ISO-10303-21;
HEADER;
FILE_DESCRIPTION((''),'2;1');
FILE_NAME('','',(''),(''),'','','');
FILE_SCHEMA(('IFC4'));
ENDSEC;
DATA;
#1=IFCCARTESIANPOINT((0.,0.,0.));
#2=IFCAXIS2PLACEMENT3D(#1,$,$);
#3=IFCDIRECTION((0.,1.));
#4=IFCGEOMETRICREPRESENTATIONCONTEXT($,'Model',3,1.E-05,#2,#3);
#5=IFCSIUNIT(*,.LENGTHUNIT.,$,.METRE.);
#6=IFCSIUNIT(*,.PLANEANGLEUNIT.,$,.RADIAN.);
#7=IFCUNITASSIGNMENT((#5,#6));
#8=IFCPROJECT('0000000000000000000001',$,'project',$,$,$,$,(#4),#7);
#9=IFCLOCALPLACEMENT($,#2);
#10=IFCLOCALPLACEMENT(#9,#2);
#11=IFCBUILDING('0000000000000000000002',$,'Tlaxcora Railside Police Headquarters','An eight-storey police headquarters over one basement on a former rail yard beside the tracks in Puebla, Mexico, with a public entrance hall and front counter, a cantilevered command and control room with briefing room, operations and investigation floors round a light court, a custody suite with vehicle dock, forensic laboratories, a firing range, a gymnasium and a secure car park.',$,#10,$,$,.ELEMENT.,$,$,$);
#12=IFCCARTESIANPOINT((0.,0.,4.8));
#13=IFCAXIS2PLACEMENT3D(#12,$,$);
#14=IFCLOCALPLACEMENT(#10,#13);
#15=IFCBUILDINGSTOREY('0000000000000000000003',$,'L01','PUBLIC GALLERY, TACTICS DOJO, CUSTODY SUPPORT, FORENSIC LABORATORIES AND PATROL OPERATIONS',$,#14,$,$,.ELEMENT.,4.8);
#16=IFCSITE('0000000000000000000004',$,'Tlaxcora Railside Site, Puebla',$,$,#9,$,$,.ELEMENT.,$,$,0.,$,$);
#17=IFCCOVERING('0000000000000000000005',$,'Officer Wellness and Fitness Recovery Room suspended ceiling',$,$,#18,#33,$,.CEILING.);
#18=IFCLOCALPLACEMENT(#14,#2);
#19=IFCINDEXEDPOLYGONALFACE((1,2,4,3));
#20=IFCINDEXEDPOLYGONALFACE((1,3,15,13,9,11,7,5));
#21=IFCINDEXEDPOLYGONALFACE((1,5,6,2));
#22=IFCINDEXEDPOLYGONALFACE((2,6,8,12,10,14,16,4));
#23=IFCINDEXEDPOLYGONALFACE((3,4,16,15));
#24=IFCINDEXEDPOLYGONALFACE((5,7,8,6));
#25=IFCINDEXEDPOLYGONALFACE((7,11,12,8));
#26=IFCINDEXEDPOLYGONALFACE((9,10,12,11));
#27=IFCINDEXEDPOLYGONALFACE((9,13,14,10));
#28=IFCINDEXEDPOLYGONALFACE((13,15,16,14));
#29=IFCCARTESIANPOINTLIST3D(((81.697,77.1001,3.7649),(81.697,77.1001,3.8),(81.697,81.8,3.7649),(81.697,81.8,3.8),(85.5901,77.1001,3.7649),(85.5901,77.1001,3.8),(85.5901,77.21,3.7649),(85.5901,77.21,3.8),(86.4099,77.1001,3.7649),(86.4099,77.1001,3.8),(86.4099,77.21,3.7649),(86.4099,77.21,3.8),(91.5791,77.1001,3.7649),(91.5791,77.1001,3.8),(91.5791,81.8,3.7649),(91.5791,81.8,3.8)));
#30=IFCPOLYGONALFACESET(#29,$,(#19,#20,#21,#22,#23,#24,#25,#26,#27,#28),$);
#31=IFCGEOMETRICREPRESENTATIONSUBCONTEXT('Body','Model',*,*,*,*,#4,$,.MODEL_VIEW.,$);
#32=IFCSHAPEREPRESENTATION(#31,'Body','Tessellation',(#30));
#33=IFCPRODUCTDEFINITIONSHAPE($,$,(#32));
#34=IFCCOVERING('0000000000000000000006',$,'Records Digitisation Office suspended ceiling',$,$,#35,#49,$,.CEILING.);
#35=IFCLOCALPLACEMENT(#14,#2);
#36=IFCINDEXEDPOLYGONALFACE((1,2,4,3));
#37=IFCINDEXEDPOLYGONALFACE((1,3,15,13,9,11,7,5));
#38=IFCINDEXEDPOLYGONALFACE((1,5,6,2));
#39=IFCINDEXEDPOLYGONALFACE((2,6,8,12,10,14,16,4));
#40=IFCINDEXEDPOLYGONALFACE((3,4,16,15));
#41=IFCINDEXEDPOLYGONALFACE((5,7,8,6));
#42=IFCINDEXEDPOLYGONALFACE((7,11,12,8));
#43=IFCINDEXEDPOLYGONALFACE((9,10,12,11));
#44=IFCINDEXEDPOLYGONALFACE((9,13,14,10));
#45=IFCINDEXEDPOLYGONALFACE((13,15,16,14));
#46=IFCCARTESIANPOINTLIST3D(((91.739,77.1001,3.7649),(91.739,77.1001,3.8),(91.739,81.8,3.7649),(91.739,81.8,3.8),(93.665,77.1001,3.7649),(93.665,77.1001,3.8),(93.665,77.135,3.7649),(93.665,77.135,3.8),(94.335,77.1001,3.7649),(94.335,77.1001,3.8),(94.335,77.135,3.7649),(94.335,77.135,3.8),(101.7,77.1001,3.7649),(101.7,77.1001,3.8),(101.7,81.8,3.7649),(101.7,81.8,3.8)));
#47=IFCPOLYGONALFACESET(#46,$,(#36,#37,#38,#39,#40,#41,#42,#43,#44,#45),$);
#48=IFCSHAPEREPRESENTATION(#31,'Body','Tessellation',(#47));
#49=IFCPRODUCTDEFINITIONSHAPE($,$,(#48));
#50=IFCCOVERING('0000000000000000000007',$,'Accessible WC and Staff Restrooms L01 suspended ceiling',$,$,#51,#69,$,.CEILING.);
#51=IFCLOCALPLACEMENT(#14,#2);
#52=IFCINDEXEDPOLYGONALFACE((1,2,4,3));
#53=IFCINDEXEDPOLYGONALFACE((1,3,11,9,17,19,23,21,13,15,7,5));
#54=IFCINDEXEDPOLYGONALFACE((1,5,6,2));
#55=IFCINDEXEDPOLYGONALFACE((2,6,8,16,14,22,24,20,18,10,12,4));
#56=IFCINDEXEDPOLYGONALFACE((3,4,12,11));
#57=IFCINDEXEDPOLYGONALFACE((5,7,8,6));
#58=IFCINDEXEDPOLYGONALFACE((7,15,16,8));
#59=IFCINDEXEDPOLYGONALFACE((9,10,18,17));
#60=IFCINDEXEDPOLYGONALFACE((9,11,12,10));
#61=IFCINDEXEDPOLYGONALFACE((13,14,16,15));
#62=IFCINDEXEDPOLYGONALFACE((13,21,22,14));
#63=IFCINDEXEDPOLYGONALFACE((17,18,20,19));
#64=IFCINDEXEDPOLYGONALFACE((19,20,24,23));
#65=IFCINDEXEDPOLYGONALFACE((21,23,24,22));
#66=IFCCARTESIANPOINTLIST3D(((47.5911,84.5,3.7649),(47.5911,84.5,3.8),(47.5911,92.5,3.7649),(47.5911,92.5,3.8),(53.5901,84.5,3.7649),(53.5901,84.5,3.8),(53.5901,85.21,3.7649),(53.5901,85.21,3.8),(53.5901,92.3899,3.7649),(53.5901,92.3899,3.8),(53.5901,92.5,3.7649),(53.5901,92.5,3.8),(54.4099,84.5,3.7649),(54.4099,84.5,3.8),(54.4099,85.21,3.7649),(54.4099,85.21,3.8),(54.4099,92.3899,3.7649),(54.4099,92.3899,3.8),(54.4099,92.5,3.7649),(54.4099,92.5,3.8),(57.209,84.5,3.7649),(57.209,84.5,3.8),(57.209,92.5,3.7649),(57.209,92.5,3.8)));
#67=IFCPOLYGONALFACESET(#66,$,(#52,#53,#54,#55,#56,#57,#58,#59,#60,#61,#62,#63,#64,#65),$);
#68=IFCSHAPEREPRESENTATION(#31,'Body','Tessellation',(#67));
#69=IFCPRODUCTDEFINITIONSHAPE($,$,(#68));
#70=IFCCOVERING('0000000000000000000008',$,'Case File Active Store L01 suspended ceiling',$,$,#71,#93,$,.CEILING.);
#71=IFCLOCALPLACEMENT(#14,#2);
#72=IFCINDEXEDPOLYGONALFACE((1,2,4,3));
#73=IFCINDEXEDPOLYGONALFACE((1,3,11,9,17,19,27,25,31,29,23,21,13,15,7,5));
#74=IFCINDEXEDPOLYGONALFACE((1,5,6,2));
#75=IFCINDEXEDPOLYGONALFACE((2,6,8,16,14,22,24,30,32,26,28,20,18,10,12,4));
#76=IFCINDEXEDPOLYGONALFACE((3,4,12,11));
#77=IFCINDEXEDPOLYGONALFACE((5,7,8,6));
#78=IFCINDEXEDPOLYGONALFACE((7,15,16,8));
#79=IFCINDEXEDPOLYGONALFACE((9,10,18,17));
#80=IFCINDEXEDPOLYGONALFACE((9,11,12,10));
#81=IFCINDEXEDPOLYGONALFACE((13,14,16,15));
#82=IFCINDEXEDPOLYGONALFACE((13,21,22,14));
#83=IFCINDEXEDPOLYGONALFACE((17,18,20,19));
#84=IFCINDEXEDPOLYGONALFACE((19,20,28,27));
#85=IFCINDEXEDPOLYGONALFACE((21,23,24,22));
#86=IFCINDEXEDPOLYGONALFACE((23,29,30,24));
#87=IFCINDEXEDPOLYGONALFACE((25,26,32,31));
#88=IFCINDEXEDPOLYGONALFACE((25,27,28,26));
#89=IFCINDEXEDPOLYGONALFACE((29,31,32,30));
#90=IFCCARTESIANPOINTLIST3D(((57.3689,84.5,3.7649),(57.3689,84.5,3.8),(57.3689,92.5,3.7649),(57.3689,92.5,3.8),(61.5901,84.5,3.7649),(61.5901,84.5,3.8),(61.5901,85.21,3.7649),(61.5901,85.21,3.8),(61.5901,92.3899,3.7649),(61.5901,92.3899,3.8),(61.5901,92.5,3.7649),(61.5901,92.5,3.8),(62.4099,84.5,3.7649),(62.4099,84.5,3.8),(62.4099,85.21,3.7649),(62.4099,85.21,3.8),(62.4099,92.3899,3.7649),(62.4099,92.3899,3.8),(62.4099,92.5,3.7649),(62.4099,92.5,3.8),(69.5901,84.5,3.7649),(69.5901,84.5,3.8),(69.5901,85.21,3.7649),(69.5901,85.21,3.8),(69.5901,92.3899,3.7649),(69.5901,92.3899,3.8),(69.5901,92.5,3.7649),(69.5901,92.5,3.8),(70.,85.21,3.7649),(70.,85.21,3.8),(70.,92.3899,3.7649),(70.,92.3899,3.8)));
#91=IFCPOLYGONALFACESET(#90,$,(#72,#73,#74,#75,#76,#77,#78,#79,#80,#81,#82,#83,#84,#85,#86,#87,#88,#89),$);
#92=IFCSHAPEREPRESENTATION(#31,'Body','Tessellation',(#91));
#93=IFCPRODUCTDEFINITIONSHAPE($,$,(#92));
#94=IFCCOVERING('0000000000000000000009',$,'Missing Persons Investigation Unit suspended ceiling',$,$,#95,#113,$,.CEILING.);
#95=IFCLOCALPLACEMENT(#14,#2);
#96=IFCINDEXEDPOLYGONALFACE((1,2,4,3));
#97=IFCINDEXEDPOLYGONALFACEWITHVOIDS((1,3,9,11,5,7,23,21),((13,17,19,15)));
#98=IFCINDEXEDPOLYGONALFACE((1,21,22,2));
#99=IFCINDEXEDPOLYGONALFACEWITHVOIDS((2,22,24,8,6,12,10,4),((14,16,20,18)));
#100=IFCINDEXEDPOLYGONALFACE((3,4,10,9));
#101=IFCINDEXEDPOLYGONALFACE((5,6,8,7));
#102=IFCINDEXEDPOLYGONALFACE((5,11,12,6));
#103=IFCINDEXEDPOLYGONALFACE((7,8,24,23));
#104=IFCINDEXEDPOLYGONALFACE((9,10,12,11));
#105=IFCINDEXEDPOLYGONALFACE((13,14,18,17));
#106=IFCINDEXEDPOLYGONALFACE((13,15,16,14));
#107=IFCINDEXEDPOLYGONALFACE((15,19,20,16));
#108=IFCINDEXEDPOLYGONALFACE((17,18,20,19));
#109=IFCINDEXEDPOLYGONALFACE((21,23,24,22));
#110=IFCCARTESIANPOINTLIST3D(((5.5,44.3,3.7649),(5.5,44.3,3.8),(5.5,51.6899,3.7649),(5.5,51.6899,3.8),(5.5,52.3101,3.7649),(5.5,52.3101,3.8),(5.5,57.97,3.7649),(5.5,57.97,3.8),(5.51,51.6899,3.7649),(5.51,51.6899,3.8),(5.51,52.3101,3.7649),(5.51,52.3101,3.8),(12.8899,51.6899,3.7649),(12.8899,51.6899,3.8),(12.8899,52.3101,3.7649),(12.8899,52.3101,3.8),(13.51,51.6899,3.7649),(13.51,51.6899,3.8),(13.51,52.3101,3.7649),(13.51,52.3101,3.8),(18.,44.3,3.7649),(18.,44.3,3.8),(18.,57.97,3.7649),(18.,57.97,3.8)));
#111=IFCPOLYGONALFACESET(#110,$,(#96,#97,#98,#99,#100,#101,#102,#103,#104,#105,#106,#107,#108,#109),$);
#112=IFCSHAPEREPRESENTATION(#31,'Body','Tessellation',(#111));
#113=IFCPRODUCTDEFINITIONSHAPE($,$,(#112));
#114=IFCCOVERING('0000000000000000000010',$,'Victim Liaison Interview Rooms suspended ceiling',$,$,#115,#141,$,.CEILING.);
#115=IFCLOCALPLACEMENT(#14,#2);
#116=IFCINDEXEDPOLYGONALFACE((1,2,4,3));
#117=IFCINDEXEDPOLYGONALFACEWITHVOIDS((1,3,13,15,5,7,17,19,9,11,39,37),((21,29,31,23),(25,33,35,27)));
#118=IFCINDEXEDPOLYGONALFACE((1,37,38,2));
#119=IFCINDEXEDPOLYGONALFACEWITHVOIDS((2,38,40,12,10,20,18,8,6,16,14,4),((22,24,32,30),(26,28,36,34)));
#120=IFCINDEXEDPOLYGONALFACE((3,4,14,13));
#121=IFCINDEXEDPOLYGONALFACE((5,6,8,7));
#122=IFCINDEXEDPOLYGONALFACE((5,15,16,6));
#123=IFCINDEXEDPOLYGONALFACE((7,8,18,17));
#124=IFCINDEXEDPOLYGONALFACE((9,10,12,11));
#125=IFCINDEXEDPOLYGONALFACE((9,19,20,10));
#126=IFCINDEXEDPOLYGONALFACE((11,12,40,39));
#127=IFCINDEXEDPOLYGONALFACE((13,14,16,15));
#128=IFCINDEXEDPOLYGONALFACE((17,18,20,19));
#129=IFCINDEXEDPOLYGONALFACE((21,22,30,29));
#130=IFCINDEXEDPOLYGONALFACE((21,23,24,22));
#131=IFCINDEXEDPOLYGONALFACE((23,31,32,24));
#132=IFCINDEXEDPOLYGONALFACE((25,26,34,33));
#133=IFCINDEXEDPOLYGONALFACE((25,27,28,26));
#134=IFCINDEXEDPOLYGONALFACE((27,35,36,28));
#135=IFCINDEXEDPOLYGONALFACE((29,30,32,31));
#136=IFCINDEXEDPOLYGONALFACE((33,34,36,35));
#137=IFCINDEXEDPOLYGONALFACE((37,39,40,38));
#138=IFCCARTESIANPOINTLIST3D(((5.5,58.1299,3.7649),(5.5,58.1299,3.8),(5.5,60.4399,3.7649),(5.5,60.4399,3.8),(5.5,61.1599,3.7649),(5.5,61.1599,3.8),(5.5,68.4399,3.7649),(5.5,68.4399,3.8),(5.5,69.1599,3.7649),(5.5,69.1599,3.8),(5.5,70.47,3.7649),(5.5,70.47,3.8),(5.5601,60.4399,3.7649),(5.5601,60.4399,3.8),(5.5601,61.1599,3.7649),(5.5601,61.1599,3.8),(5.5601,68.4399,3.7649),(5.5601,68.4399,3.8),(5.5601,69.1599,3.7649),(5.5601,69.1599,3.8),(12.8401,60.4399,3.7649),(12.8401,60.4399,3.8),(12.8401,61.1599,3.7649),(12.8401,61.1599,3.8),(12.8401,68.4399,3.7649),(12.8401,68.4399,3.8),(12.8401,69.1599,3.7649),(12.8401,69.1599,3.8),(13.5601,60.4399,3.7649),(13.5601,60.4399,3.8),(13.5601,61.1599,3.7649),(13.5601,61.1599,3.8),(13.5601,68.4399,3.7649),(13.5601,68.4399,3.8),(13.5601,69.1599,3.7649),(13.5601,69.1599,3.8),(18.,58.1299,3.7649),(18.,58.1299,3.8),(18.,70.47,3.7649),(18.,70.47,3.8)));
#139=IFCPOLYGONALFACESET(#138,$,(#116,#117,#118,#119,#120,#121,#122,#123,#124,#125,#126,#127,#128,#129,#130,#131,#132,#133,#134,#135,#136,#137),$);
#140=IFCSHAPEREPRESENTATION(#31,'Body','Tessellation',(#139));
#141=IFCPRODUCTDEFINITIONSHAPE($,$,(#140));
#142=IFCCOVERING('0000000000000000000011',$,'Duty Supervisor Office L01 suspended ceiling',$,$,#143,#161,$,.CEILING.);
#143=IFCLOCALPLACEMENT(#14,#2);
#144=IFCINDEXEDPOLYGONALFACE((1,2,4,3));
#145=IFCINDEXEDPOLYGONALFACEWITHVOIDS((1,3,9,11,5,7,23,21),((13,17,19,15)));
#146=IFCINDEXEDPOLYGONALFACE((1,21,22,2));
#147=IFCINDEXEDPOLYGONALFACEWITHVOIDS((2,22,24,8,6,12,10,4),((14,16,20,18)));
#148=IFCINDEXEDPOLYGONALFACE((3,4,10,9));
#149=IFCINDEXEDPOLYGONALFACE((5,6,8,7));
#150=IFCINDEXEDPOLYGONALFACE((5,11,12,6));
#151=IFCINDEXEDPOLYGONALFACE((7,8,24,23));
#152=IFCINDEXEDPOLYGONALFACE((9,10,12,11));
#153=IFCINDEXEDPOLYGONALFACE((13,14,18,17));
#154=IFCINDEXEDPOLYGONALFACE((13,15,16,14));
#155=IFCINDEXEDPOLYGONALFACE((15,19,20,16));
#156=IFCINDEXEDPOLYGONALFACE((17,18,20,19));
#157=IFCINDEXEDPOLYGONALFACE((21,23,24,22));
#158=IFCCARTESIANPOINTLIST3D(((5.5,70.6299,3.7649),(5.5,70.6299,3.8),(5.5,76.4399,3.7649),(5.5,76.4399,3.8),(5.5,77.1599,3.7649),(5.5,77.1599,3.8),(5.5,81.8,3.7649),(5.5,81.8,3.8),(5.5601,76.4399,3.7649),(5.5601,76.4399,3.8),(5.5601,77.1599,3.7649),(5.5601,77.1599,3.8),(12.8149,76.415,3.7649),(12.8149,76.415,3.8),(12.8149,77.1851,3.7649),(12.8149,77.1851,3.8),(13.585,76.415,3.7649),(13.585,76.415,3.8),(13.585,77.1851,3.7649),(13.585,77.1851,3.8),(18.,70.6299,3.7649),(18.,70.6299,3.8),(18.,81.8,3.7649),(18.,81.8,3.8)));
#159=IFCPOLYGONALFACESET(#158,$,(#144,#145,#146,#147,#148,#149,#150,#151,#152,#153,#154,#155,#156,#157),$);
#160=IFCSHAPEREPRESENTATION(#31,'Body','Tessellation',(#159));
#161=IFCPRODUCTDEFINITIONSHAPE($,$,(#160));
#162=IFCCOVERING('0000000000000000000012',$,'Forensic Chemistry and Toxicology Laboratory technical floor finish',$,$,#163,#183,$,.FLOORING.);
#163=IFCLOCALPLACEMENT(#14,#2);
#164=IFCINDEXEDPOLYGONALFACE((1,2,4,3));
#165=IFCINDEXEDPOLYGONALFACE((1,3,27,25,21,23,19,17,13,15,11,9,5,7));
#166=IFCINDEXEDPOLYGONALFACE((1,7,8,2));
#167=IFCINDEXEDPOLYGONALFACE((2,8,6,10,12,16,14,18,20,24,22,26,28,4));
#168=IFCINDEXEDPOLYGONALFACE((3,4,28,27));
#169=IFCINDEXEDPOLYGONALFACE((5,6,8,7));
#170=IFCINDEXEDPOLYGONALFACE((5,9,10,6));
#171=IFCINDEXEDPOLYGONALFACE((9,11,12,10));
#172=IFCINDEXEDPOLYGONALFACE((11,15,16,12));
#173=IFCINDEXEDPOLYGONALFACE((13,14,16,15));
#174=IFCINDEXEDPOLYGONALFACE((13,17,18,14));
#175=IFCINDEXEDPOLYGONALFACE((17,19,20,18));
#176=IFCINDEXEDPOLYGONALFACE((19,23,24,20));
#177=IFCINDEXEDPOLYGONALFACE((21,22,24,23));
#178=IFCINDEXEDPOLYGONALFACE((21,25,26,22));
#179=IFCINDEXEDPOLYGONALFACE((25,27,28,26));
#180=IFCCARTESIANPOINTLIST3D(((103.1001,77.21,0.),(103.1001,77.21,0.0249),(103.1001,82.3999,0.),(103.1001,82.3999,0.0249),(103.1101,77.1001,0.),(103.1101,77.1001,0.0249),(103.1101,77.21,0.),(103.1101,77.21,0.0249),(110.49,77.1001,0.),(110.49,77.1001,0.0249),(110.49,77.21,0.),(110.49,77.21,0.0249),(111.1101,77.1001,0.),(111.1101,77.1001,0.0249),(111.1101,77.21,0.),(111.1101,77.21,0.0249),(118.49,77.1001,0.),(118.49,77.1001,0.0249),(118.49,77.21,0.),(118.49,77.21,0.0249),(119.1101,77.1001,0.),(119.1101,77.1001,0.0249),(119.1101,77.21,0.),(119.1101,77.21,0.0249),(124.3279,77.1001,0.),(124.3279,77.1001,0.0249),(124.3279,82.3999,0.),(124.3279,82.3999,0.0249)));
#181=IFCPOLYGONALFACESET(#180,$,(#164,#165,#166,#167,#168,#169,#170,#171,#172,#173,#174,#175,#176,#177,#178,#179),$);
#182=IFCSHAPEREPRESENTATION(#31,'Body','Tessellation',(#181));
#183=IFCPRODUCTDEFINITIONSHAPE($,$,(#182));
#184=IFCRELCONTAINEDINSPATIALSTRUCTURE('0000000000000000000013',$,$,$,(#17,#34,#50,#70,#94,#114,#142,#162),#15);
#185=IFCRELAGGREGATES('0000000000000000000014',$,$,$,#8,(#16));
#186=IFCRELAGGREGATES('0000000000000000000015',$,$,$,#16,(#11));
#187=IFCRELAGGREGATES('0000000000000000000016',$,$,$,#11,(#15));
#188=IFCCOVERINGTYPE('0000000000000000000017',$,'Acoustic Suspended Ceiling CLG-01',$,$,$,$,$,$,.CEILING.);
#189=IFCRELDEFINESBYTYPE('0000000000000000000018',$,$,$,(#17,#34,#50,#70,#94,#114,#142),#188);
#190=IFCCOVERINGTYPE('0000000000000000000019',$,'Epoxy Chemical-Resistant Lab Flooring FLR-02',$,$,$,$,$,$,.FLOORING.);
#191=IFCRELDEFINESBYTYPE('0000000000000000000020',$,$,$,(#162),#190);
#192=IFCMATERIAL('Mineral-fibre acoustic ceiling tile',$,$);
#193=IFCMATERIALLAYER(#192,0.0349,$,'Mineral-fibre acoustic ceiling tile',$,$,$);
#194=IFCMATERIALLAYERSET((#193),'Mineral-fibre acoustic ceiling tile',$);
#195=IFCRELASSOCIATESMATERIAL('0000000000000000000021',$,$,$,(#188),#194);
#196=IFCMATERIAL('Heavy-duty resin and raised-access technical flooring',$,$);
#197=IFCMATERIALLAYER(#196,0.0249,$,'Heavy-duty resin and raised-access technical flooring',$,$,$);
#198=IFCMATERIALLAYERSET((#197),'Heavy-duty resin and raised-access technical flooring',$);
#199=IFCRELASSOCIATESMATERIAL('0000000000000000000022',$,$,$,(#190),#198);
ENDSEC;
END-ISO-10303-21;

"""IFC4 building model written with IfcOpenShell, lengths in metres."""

from ifc_helpers import new_model, si_unit, direction, frame, origin, place, context, subcontext, project, spatial, polyline, outline, extrude, material, layer, layer_set, type_object, element, save


model = new_model("IFC4")

# Units and contexts
model_context = context("Model", 3, precision=1e-05, world=origin(), true_north=direction((0.0, 1.0)))
body_context = subcontext(model_context, "Body", "Model", "MODEL_VIEW")
ifc_project = project(units=[si_unit("LENGTHUNIT", "METRE"), si_unit("PLANEANGLEUNIT", "RADIAN")], contexts=[model_context])

# Site, building, storey
site_placement = place(None, origin())
site = spatial("IfcSite", under=ifc_project, at=site_placement, Name="Tlaxcora Railside Site, Puebla", CompositionType="ELEMENT", RefElevation=0.0)
building_placement = place(site_placement, origin())
building = spatial("IfcBuilding", under=site, at=building_placement, Name="Tlaxcora Railside Police Headquarters", Description="An eight-storey police headquarters over one basement on a former rail yard beside the tracks in Puebla, Mexico, with a public entrance hall and front counter, a cantilevered command and control room with briefing room, operations and investigation floors round a light court, a custody suite with vehicle dock, forensic laboratories, a firing range, a gymnasium and a secure car park.", CompositionType="ELEMENT")
storey_placement = place(building_placement, frame((0.0, 0.0, 4.8)))
storey = spatial("IfcBuildingStorey", under=building, at=storey_placement, Name="L01", Description="PUBLIC GALLERY, TACTICS DOJO, CUSTODY SUPPORT, FORENSIC LABORATORIES AND PATROL OPERATIONS", CompositionType="ELEMENT", Elevation=4.8)

# Coverings
ifc_material_1 = material(Name="Mineral-fibre acoustic ceiling tile")
ifc_layer_1 = layer(ifc_material_1, 0.0349, Name="Mineral-fibre acoustic ceiling tile")
ifc_layer_set_1 = layer_set([ifc_layer_1], Name="Mineral-fibre acoustic ceiling tile")
covering_type_1 = type_object("IfcCoveringType", Name="Acoustic Suspended Ceiling CLG-01", PredefinedType="CEILING", material=ifc_layer_set_1)
covering_1_placement = place(storey_placement, frame((0.0, 0.0, 3.7649)))
element("IfcCovering", 1, at=covering_1_placement, inside=storey, type_object=covering_type_1, Name="Officer Wellness and Fitness Recovery Room suspended ceiling", PredefinedType="CEILING", context=body_context, shape_type="SweptSolid", body=[
    extrude(outline(polyline([(81.697, 77.1001), (85.5901, 77.1001), (85.5901, 77.21), (86.4099, 77.21), (86.4099, 77.1001), (91.5791, 77.1001), (91.5791, 81.8), (81.697, 81.8), (81.697, 77.1001)])), origin(), (0.0, 0.0, 1.0), 0.0352),
])
covering_2_placement = place(storey_placement, frame((0.0, 0.0, 3.7649)))
element("IfcCovering", 2, at=covering_2_placement, inside=storey, type_object=covering_type_1, Name="Records Digitisation Office suspended ceiling", PredefinedType="CEILING", context=body_context, shape_type="SweptSolid", body=[
    extrude(outline(polyline([(91.739, 77.1001), (93.665, 77.1001), (93.665, 77.135), (94.335, 77.135), (94.335, 77.1001), (101.7, 77.1001), (101.7, 81.8), (91.739, 81.8), (91.739, 77.1001)])), origin(), (0.0, 0.0, 1.0), 0.0352),
])
covering_3_placement = place(storey_placement, frame((0.0, 0.0, 3.7649)))
element("IfcCovering", 3, at=covering_3_placement, inside=storey, type_object=covering_type_1, Name="Accessible WC and Staff Restrooms L01 suspended ceiling", PredefinedType="CEILING", context=body_context, shape_type="SweptSolid", body=[
    extrude(outline(polyline([(47.5911, 92.5), (47.5911, 84.5), (53.5901, 84.5), (53.5901, 85.21), (54.4099, 85.21), (54.4099, 84.5), (57.209, 84.5), (57.209, 92.5), (54.4099, 92.5), (54.4099, 92.3899), (53.5901, 92.3899), (53.5901, 92.5), (47.5911, 92.5)])), origin(), (0.0, 0.0, 1.0), 0.0352),
])
covering_4_placement = place(storey_placement, frame((0.0, 0.0, 3.7649)))
element("IfcCovering", 4, at=covering_4_placement, inside=storey, type_object=covering_type_1, Name="Case File Active Store L01 suspended ceiling", PredefinedType="CEILING", context=body_context, shape_type="SweptSolid", body=[
    extrude(outline(polyline([(61.5901, 92.3899), (61.5901, 92.5), (57.3689, 92.5), (57.3689, 84.5), (61.5901, 84.5), (61.5901, 85.21), (62.4099, 85.21), (62.4099, 84.5), (69.5901, 84.5), (69.5901, 85.21), (70.0, 85.21), (70.0, 92.3899), (69.5901, 92.3899), (69.5901, 92.5), (62.4099, 92.5), (62.4099, 92.3899), (61.5901, 92.3899)])), origin(), (0.0, 0.0, 1.0), 0.0352),
])
covering_5_placement = place(storey_placement, frame((0.0, 0.0, 3.7649)))
element("IfcCovering", 5, at=covering_5_placement, inside=storey, type_object=covering_type_1, Name="Missing Persons Investigation Unit suspended ceiling", PredefinedType="CEILING", context=body_context, shape_type="SweptSolid", body=[
    extrude(outline(polyline([(5.5, 51.6899), (5.5, 44.3), (18.0, 44.3), (18.0, 57.97), (5.5, 57.97), (5.5, 52.3101), (5.51, 52.3101), (5.51, 51.6899), (5.5, 51.6899)]), holes=[polyline([(13.51, 51.6899), (12.8899, 51.6899), (12.8899, 52.3101), (13.51, 52.3101), (13.51, 51.6899)])]), origin(), (0.0, 0.0, 1.0), 0.0352),
])
covering_6_placement = place(storey_placement, frame((0.0, 0.0, 3.7649)))
element("IfcCovering", 6, at=covering_6_placement, inside=storey, type_object=covering_type_1, Name="Victim Liaison Interview Rooms suspended ceiling", PredefinedType="CEILING", context=body_context, shape_type="SweptSolid", body=[
    extrude(outline(polyline([(5.5601, 61.1599), (5.5601, 60.4399), (5.5, 60.4399), (5.5, 58.1299), (18.0, 58.1299), (18.0, 70.47), (5.5, 70.47), (5.5, 69.1599), (5.5601, 69.1599), (5.5601, 68.4399), (5.5, 68.4399), (5.5, 61.1599), (5.5601, 61.1599)]), holes=[polyline([(13.5601, 61.1599), (13.5601, 60.4399), (12.8401, 60.4399), (12.8401, 61.1599), (13.5601, 61.1599)]), polyline([(13.5601, 68.4399), (12.8401, 68.4399), (12.8401, 69.1599), (13.5601, 69.1599), (13.5601, 68.4399)])]), origin(), (0.0, 0.0, 1.0), 0.0352),
])
covering_7_placement = place(storey_placement, frame((0.0, 0.0, 3.7649)))
element("IfcCovering", 7, at=covering_7_placement, inside=storey, type_object=covering_type_1, Name="Duty Supervisor Office L01 suspended ceiling", PredefinedType="CEILING", context=body_context, shape_type="SweptSolid", body=[
    extrude(outline(polyline([(5.5, 76.4399), (5.5, 70.6299), (18.0, 70.6299), (18.0, 81.8), (5.5, 81.8), (5.5, 77.1599), (5.5601, 77.1599), (5.5601, 76.4399), (5.5, 76.4399)]), holes=[polyline([(13.585, 76.415), (12.8149, 76.415), (12.8149, 77.1851), (13.585, 77.1851), (13.585, 76.415)])]), origin(), (0.0, 0.0, 1.0), 0.0352),
])
ifc_material_2 = material(Name="Heavy-duty resin and raised-access technical flooring")
ifc_layer_2 = layer(ifc_material_2, 0.0249, Name="Heavy-duty resin and raised-access technical flooring")
ifc_layer_set_2 = layer_set([ifc_layer_2], Name="Heavy-duty resin and raised-access technical flooring")
covering_type_2 = type_object("IfcCoveringType", Name="Epoxy Chemical-Resistant Lab Flooring FLR-02", PredefinedType="FLOORING", material=ifc_layer_set_2)
covering_8_placement = place(storey_placement, origin())
element("IfcCovering", 8, at=covering_8_placement, inside=storey, type_object=covering_type_2, Name="Forensic Chemistry and Toxicology Laboratory technical floor finish", PredefinedType="FLOORING", context=body_context, shape_type="SweptSolid", body=[
    extrude(outline(polyline([(124.3279, 82.3999), (103.1001, 82.3999), (103.1001, 77.21), (103.1101, 77.21), (103.1101, 77.1001), (110.49, 77.1001), (110.49, 77.21), (111.1101, 77.21), (111.1101, 77.1001), (118.49, 77.1001), (118.49, 77.21), (119.1101, 77.21), (119.1101, 77.1001), (124.3279, 77.1001), (124.3279, 82.3999)])), origin(), (0.0, 0.0, 1.0), 0.0249),
])

save(model, "model.ifc")
